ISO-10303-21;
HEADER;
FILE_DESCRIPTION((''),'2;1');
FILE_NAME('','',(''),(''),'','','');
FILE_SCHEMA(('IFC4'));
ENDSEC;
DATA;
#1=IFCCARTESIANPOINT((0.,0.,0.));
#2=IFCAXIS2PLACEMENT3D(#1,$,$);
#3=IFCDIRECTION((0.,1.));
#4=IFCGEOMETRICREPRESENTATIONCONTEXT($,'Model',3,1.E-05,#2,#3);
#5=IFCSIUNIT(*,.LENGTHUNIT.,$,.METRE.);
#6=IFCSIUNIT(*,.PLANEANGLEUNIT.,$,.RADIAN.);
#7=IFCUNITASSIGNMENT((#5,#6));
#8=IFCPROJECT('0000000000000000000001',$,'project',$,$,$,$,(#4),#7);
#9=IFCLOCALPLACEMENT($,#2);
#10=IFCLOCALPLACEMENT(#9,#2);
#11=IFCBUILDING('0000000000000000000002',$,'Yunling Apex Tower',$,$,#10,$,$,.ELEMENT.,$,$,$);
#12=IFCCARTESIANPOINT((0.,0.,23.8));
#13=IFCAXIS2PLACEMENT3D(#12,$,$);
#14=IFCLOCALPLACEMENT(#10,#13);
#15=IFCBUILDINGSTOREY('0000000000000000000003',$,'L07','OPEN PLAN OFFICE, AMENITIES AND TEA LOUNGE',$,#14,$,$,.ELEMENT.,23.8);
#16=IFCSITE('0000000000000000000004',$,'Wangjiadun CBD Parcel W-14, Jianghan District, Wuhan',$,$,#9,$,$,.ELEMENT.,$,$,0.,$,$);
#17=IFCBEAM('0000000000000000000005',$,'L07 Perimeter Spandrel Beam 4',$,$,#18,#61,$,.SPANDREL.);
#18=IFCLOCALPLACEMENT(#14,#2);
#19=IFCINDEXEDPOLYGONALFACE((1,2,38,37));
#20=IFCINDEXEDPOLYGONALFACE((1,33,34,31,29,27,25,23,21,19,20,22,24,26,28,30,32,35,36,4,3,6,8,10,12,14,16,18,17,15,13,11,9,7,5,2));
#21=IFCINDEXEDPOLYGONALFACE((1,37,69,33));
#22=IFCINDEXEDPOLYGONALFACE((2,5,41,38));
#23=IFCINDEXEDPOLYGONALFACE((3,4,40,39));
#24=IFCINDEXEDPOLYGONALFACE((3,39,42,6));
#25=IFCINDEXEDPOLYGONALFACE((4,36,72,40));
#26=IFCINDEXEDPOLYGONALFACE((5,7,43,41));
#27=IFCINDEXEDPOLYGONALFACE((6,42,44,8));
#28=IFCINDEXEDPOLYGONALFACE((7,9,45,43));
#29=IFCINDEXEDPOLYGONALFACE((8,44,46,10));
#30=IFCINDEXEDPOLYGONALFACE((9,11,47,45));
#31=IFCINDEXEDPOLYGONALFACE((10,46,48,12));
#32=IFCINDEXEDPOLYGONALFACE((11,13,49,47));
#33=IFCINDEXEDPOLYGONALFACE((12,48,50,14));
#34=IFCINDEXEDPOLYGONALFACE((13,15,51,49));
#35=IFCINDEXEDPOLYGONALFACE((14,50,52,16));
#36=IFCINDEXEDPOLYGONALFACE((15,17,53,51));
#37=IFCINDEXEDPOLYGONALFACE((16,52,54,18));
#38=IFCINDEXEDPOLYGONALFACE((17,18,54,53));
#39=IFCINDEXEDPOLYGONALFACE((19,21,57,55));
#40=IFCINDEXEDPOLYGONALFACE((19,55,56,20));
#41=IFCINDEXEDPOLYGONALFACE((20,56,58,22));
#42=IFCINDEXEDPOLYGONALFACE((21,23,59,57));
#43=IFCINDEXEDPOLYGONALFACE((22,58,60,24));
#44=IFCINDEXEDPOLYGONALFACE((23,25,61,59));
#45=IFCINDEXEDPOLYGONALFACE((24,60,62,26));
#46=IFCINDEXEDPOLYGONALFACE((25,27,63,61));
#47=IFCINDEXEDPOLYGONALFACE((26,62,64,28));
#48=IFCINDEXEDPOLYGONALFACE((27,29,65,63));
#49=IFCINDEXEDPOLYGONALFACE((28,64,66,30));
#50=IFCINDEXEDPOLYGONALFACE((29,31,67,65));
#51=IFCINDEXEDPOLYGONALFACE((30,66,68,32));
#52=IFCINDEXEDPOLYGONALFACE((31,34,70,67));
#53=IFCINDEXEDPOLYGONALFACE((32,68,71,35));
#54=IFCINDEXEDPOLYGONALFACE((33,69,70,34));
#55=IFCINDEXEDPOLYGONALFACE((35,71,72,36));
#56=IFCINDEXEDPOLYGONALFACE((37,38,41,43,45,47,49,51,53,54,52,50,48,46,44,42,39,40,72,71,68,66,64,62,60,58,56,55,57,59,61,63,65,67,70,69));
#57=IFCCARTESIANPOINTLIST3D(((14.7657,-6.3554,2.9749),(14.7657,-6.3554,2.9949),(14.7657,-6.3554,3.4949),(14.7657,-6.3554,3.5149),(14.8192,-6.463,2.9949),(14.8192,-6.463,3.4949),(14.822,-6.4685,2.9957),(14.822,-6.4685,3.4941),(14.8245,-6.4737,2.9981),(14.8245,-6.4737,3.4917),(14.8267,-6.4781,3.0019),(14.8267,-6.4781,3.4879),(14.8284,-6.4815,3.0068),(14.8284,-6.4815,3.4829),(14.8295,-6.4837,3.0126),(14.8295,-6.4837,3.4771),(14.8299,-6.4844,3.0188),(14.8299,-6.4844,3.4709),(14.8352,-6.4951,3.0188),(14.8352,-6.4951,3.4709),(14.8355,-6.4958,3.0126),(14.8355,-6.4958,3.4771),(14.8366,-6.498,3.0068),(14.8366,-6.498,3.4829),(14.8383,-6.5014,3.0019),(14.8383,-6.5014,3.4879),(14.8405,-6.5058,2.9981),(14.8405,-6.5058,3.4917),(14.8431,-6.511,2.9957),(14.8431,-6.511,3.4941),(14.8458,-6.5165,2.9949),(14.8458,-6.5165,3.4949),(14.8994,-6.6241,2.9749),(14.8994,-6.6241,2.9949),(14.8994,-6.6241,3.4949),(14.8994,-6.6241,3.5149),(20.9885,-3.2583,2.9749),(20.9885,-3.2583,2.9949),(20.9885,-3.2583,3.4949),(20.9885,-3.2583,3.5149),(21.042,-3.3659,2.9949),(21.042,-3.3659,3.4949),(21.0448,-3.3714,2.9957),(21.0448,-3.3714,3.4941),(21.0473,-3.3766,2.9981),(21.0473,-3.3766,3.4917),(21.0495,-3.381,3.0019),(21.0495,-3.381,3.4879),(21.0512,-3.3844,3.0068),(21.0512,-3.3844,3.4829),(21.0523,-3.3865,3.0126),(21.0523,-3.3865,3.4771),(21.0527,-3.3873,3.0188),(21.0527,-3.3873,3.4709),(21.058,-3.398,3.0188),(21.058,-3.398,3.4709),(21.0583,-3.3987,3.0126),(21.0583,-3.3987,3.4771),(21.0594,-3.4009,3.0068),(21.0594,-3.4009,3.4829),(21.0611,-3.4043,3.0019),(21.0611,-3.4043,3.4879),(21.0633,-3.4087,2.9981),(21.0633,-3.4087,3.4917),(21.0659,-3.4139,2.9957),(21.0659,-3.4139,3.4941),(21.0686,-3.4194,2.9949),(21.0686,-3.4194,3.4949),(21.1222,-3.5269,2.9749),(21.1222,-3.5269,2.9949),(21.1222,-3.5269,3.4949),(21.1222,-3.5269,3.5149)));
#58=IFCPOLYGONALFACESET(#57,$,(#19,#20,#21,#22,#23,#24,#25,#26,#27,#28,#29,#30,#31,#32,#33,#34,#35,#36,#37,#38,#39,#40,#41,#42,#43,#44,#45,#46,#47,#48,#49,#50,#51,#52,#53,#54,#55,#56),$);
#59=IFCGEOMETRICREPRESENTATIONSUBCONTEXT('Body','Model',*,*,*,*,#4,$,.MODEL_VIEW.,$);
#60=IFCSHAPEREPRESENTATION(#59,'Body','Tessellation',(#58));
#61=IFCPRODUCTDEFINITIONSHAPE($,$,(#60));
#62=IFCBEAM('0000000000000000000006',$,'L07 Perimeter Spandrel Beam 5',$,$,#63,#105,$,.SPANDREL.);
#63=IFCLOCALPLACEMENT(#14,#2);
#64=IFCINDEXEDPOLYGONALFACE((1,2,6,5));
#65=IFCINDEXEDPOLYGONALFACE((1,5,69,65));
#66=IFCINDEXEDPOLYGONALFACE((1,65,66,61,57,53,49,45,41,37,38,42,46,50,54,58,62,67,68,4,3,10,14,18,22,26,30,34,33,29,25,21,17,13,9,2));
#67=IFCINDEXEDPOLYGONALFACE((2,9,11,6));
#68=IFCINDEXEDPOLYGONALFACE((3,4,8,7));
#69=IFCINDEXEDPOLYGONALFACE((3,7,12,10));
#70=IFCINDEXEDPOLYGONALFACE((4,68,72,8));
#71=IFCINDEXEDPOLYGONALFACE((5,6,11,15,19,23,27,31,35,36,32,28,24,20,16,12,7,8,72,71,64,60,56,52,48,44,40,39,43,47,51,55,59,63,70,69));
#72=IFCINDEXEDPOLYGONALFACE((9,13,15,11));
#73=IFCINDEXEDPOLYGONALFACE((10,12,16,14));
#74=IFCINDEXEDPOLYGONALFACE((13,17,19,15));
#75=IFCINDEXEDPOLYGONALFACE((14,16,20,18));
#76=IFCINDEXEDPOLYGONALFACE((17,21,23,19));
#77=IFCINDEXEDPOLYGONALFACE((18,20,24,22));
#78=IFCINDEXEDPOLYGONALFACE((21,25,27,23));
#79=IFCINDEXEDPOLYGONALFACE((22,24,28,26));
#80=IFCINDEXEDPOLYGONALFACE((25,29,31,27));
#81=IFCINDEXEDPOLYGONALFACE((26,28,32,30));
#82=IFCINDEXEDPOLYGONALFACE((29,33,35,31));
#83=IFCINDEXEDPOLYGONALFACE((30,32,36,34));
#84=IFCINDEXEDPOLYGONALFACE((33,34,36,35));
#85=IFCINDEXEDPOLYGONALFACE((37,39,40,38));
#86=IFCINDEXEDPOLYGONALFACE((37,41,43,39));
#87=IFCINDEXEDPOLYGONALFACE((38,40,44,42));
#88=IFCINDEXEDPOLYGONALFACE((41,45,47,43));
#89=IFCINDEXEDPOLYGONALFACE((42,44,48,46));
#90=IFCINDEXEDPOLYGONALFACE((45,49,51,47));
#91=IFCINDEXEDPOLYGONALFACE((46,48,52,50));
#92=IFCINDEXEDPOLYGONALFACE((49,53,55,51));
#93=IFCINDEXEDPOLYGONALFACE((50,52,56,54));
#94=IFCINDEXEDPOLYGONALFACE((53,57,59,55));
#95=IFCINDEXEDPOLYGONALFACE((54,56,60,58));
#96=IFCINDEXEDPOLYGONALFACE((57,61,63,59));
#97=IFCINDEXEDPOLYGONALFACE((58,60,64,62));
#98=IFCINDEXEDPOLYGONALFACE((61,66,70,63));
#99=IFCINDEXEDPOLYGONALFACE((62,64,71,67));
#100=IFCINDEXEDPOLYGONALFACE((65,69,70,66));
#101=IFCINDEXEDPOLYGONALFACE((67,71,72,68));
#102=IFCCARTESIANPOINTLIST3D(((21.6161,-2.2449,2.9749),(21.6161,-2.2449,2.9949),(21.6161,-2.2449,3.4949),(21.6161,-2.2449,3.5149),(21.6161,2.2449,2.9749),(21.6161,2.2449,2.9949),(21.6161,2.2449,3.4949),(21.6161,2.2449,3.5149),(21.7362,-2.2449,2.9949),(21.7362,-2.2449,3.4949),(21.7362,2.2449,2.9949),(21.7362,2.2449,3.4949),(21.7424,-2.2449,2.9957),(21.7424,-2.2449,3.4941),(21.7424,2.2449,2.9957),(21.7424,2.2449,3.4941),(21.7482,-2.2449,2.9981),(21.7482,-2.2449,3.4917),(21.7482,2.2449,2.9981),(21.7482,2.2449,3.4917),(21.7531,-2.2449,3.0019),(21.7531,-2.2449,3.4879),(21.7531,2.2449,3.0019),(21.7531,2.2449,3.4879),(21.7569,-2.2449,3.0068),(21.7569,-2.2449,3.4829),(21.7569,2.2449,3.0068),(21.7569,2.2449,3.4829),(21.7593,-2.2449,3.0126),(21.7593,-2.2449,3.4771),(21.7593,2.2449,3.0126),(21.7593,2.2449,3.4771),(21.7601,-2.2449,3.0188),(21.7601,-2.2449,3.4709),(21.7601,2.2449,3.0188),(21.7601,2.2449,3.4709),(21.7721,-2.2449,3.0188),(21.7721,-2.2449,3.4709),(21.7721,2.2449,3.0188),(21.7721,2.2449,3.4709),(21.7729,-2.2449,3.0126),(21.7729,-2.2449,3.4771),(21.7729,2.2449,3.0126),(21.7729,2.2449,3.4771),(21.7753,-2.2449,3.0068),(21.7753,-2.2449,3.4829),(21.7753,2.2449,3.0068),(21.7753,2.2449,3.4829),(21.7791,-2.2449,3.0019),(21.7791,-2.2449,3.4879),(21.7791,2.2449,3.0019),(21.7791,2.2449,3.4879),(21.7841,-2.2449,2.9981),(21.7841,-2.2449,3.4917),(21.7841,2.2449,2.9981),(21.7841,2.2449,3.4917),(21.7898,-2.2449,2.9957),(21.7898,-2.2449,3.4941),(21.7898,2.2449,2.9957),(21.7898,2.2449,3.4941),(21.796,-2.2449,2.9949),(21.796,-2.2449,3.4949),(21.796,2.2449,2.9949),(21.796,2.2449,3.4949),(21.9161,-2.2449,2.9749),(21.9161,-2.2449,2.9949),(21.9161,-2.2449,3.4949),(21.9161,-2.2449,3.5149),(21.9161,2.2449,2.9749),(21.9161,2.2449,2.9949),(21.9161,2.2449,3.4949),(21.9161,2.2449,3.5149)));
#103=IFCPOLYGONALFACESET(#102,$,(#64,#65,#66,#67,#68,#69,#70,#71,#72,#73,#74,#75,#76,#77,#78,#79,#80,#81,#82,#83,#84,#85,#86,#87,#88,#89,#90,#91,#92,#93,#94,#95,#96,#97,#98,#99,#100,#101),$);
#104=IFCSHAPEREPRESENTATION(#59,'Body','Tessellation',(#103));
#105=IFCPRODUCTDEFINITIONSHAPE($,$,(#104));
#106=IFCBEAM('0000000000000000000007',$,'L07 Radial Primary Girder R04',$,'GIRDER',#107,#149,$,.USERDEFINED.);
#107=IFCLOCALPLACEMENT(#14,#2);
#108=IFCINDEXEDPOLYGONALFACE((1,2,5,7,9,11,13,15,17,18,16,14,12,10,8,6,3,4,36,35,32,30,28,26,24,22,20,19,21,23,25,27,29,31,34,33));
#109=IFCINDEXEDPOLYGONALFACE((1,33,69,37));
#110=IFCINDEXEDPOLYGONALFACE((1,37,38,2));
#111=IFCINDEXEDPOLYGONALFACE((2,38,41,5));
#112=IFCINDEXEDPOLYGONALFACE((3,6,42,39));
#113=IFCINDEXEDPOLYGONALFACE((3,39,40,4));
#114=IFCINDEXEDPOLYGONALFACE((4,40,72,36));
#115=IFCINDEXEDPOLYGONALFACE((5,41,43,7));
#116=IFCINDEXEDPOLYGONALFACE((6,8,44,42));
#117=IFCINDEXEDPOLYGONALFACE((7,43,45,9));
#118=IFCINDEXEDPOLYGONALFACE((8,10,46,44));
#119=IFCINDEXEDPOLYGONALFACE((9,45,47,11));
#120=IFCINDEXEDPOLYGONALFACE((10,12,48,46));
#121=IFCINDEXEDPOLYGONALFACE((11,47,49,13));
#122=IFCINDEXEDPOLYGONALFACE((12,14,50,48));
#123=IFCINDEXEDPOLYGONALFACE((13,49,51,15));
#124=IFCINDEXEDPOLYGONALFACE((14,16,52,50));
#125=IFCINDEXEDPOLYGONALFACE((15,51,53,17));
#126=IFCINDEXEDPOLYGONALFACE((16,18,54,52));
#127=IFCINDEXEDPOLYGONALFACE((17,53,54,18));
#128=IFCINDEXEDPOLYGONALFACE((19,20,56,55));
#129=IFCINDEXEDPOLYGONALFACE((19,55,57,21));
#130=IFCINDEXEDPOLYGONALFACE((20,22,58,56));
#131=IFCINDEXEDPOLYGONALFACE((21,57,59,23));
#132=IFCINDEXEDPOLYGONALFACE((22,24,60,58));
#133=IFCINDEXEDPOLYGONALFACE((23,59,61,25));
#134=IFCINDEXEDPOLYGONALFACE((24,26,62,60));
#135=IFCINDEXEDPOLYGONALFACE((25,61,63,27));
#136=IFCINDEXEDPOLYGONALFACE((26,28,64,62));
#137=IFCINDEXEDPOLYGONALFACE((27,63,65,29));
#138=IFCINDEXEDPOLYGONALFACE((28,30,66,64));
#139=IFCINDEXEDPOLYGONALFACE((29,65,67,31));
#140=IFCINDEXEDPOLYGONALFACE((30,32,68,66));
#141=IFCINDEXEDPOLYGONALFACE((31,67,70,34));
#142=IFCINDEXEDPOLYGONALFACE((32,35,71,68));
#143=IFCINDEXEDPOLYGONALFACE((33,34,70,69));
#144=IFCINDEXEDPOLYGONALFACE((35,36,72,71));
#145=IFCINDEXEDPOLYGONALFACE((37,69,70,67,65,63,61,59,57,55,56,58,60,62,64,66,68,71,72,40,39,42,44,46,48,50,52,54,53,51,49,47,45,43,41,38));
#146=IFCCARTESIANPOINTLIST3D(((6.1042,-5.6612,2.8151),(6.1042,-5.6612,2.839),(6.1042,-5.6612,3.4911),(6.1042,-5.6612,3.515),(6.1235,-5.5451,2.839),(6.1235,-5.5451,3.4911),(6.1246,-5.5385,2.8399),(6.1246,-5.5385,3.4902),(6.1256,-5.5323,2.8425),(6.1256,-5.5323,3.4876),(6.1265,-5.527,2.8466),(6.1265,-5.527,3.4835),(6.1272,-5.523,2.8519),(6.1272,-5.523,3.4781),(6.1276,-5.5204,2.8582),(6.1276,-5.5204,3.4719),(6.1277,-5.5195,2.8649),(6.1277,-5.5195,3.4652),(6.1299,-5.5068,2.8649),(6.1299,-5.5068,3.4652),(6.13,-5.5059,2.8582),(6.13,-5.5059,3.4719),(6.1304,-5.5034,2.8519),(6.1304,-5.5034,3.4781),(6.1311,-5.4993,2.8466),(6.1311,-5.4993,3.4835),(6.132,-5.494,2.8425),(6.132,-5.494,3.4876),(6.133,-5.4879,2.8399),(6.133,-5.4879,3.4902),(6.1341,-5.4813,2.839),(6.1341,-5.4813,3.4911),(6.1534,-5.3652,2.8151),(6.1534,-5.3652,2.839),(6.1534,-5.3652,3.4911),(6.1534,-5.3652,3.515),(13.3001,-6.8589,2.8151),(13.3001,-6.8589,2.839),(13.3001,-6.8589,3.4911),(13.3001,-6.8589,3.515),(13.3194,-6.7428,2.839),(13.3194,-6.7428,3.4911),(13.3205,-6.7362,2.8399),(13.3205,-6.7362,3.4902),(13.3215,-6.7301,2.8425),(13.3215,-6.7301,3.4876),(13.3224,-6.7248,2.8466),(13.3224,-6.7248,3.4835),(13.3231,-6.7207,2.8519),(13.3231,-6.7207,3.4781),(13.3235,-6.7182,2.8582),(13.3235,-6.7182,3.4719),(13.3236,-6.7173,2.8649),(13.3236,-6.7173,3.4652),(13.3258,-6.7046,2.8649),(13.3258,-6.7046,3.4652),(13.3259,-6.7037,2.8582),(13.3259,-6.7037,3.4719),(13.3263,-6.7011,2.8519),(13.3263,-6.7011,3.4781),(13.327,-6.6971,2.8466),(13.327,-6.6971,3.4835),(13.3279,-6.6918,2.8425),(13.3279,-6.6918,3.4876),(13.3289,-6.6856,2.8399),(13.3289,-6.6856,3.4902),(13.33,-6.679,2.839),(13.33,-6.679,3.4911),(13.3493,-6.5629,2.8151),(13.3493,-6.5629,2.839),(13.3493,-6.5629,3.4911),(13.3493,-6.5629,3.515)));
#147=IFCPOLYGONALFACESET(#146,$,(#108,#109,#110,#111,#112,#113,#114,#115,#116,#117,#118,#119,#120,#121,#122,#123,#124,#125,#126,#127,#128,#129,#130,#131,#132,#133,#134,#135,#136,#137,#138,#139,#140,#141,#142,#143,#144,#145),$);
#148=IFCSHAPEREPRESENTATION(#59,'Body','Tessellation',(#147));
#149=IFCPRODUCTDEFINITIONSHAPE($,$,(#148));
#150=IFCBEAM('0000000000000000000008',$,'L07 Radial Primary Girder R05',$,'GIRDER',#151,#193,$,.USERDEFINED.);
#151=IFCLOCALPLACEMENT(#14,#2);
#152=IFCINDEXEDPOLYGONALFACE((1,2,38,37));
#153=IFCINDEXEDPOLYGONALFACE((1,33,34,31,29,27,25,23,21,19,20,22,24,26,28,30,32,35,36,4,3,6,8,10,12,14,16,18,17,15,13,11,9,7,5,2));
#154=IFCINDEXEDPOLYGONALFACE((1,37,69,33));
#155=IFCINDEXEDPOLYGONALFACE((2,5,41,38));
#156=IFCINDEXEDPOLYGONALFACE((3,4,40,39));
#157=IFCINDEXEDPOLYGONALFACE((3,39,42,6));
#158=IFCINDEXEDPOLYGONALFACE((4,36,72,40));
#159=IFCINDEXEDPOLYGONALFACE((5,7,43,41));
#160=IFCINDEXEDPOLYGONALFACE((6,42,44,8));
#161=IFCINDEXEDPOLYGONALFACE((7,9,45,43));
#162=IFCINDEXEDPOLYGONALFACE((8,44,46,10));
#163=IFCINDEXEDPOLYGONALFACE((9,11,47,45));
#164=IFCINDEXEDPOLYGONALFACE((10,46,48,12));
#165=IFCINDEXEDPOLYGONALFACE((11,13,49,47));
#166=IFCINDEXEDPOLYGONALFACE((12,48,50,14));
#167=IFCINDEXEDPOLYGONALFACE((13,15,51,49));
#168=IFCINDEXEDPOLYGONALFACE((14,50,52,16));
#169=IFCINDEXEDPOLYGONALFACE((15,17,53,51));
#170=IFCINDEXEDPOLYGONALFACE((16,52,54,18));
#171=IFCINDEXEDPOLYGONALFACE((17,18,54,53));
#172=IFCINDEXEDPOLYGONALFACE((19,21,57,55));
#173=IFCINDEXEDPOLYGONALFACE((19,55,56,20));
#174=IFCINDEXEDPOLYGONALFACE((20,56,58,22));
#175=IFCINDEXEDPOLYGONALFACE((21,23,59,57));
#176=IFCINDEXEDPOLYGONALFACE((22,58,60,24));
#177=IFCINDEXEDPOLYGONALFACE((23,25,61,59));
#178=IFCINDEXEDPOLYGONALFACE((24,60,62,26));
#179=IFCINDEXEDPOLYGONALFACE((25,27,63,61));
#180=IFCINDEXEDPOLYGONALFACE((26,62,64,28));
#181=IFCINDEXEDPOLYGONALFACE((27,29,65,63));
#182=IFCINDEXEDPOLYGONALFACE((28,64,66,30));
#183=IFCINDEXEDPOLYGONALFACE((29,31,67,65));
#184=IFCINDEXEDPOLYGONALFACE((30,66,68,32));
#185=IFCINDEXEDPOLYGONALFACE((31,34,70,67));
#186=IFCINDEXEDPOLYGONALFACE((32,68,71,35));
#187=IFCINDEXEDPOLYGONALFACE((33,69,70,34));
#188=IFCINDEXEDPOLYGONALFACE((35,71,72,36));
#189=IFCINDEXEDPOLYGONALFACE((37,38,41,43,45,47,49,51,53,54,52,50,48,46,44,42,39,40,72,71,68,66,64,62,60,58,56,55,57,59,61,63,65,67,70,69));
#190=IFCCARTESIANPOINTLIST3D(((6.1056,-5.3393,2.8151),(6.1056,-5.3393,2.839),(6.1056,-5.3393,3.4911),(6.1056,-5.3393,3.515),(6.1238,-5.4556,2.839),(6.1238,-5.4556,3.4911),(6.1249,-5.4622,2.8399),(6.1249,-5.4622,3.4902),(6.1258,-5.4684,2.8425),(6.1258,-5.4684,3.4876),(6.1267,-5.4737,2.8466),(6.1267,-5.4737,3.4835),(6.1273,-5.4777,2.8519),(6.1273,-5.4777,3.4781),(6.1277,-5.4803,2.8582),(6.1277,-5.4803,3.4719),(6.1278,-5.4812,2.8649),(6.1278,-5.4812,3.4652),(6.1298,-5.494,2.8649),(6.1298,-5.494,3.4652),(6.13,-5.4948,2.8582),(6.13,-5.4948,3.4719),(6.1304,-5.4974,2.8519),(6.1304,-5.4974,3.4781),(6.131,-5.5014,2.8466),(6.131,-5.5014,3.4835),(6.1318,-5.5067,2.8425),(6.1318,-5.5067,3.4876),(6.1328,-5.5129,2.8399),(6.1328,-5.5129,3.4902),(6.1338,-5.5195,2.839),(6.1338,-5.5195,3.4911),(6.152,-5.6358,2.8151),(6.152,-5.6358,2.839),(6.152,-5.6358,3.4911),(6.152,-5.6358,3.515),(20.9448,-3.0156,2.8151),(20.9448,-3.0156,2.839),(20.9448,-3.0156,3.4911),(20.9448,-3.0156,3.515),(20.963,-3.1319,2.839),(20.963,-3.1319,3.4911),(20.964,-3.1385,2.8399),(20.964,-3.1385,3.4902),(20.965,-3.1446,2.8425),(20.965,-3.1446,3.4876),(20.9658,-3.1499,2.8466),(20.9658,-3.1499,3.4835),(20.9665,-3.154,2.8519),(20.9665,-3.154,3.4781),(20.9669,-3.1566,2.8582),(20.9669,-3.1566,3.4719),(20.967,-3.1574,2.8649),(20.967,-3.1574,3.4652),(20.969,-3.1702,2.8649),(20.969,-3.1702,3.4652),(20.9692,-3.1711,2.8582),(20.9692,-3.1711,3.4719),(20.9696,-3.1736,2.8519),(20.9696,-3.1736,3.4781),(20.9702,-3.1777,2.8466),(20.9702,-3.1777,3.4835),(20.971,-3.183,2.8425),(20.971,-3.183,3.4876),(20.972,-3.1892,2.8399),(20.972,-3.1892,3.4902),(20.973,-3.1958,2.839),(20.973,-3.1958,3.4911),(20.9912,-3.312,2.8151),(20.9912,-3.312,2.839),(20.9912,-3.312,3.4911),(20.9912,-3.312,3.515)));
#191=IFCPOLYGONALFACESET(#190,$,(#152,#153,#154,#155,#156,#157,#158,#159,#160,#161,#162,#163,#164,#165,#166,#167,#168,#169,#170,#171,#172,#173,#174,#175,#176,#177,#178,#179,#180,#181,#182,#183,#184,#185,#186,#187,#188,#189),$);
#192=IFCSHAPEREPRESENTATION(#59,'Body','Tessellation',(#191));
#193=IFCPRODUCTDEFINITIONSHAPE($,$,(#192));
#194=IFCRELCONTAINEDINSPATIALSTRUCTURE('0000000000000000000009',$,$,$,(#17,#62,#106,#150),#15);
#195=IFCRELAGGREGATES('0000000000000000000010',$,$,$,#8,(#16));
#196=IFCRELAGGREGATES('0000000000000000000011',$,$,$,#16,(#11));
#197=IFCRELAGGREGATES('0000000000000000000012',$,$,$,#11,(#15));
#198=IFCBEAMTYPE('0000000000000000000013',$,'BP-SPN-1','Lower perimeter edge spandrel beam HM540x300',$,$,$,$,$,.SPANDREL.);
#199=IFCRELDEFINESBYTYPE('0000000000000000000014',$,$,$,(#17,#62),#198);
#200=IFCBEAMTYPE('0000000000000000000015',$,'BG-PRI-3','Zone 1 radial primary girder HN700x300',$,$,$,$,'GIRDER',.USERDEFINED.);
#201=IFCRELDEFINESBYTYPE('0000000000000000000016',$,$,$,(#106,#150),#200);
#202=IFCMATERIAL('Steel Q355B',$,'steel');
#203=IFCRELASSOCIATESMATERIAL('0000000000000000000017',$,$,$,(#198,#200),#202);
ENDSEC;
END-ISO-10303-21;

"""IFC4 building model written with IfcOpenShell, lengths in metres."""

from ifc_helpers import new_model, si_unit, direction, frame, origin, origin_2d, place, context, subcontext, project, spatial, i_section, extrude, source, transform, mapped, material, material_profile, profile_set, type_object, element, save


model = new_model("IFC4")

# Units and contexts
model_context = context("Model", 3, precision=1e-05, world=origin(), true_north=direction((0.0, 1.0)))
body_context = subcontext(model_context, "Body", "Model", "MODEL_VIEW")
ifc_project = project(units=[si_unit("LENGTHUNIT", "METRE"), si_unit("PLANEANGLEUNIT", "RADIAN")], contexts=[model_context])

# Site, building, storey
site_placement = place(None, origin())
site = spatial("IfcSite", under=ifc_project, at=site_placement, Name="Wangjiadun CBD Parcel W-14, Jianghan District, Wuhan", CompositionType="ELEMENT", RefElevation=0.0)
building_placement = place(site_placement, origin())
building = spatial("IfcBuilding", under=site, at=building_placement, Name="Yunling Apex Tower", CompositionType="ELEMENT")
storey_placement = place(building_placement, frame((0.0, 0.0, 23.8)))
storey = spatial("IfcBuildingStorey", under=building, at=storey_placement, Name="L07", Description="OPEN PLAN OFFICE, AMENITIES AND TEA LOUNGE", CompositionType="ELEMENT", Elevation=23.8)

# Beams
ifc_material_1 = material(Name="Steel Q355B", Category="steel")
ifc_material_profile_1 = material_profile(ifc_material_1, i_section(OverallWidth=0.3, OverallDepth=0.54, WebThickness=0.012, FlangeThickness=0.02, FilletRadius=0.0239, at=origin_2d()))
ifc_profile_set_1 = profile_set([ifc_material_profile_1], Name="Steel Q355B")
beam_type_1 = type_object("IfcBeamType", Name="BP-SPN-1", Description="Lower perimeter edge spandrel beam HM540x300", PredefinedType="SPANDREL", material=ifc_profile_set_1)
shared_shape_1 = source(origin(), body_context, "Body", "SweptSolid", [
    extrude(i_section(OverallWidth=0.3, OverallDepth=0.54, WebThickness=0.012, FlangeThickness=0.02, FilletRadius=0.0239, at=origin_2d()), origin(), (0.0, 0.0, 1.0), 6.9509),
])
beam_1_placement = place(storey_placement, frame((14.8325, -6.4897, 3.2449), z_axis=(0.895248, 0.445569, 0.0), x_axis=(-0.445569, 0.895248, 0.0)))
element("IfcBeam", 1, at=beam_1_placement, inside=storey, type_object=beam_type_1, Name="L07 Perimeter Spandrel Beam 4", PredefinedType="SPANDREL", context=body_context, shape_type="MappedRepresentation", body=[
    mapped(shared_shape_1, transform((0.0, 0.0, 0.0), scale=1.0)),
])
shared_shape_2 = source(origin(), body_context, "Body", "SweptSolid", [
    extrude(i_section(OverallWidth=0.3, OverallDepth=0.54, WebThickness=0.012, FlangeThickness=0.02, FilletRadius=0.0239, at=origin_2d()), origin(), (0.0, 0.0, 1.0), 4.4897),
])
beam_2_placement = place(storey_placement, frame((21.7661, -2.2449, 3.2449), z_axis=(0.0, 1.0, 0.0), x_axis=(-1.0, 0.0, 0.0)))
element("IfcBeam", 2, at=beam_2_placement, inside=storey, type_object=beam_type_1, Name="L07 Perimeter Spandrel Beam 5", PredefinedType="SPANDREL", context=body_context, shape_type="MappedRepresentation", body=[
    mapped(shared_shape_2, transform((0.0, 0.0, 0.0), scale=1.0)),
])
ifc_material_profile_2 = material_profile(ifc_material_1, i_section(OverallWidth=0.3, OverallDepth=0.7, WebThickness=0.0129, FlangeThickness=0.0239, FilletRadius=0.0259, at=origin_2d()))
ifc_profile_set_2 = profile_set([ifc_material_profile_2], Name="Steel Q355B")
beam_type_2 = type_object("IfcBeamType", Name="BG-PRI-3", Description="Zone 1 radial primary girder HN700x300", ElementType="GIRDER", PredefinedType="USERDEFINED", material=ifc_profile_set_2)
shared_shape_3 = source(origin(), body_context, "Body", "SweptSolid", [
    extrude(i_section(OverallWidth=0.3, OverallDepth=0.7, WebThickness=0.0129, FlangeThickness=0.0239, FilletRadius=0.0259, at=origin_2d()), origin(), (0.0, 0.0, 1.0), 7.2949),
])
beam_3_placement = place(storey_placement, frame((13.3247, -6.7109, 3.165), z_axis=(-0.986428, 0.164193, 0.0), x_axis=(-0.164193, -0.986428, 0.0)))
element("IfcBeam", 3, at=beam_3_placement, inside=storey, type_object=beam_type_2, Name="L07 Radial Primary Girder R04", ObjectType="GIRDER", PredefinedType="USERDEFINED", context=body_context, shape_type="MappedRepresentation", body=[
    mapped(shared_shape_3, transform((0.0, 0.0, 0.0), scale=1.0)),
])
shared_shape_4 = source(origin(), body_context, "Body", "SweptSolid", [
    extrude(i_section(OverallWidth=0.3, OverallDepth=0.7, WebThickness=0.0129, FlangeThickness=0.0239, FilletRadius=0.0259, at=origin_2d()), origin(), (0.0, 0.0, 1.0), 15.02),
])
beam_4_placement = place(storey_placement, frame((20.968, -3.1638, 3.165), z_axis=(-0.98796, -0.15471, 0.0), x_axis=(0.15471, -0.98796, 0.0)))
element("IfcBeam", 4, at=beam_4_placement, inside=storey, type_object=beam_type_2, Name="L07 Radial Primary Girder R05", ObjectType="GIRDER", PredefinedType="USERDEFINED", context=body_context, shape_type="MappedRepresentation", body=[
    mapped(shared_shape_4, transform((0.0, 0.0, 0.0), scale=1.0)),
])

save(model, "model.ifc")
